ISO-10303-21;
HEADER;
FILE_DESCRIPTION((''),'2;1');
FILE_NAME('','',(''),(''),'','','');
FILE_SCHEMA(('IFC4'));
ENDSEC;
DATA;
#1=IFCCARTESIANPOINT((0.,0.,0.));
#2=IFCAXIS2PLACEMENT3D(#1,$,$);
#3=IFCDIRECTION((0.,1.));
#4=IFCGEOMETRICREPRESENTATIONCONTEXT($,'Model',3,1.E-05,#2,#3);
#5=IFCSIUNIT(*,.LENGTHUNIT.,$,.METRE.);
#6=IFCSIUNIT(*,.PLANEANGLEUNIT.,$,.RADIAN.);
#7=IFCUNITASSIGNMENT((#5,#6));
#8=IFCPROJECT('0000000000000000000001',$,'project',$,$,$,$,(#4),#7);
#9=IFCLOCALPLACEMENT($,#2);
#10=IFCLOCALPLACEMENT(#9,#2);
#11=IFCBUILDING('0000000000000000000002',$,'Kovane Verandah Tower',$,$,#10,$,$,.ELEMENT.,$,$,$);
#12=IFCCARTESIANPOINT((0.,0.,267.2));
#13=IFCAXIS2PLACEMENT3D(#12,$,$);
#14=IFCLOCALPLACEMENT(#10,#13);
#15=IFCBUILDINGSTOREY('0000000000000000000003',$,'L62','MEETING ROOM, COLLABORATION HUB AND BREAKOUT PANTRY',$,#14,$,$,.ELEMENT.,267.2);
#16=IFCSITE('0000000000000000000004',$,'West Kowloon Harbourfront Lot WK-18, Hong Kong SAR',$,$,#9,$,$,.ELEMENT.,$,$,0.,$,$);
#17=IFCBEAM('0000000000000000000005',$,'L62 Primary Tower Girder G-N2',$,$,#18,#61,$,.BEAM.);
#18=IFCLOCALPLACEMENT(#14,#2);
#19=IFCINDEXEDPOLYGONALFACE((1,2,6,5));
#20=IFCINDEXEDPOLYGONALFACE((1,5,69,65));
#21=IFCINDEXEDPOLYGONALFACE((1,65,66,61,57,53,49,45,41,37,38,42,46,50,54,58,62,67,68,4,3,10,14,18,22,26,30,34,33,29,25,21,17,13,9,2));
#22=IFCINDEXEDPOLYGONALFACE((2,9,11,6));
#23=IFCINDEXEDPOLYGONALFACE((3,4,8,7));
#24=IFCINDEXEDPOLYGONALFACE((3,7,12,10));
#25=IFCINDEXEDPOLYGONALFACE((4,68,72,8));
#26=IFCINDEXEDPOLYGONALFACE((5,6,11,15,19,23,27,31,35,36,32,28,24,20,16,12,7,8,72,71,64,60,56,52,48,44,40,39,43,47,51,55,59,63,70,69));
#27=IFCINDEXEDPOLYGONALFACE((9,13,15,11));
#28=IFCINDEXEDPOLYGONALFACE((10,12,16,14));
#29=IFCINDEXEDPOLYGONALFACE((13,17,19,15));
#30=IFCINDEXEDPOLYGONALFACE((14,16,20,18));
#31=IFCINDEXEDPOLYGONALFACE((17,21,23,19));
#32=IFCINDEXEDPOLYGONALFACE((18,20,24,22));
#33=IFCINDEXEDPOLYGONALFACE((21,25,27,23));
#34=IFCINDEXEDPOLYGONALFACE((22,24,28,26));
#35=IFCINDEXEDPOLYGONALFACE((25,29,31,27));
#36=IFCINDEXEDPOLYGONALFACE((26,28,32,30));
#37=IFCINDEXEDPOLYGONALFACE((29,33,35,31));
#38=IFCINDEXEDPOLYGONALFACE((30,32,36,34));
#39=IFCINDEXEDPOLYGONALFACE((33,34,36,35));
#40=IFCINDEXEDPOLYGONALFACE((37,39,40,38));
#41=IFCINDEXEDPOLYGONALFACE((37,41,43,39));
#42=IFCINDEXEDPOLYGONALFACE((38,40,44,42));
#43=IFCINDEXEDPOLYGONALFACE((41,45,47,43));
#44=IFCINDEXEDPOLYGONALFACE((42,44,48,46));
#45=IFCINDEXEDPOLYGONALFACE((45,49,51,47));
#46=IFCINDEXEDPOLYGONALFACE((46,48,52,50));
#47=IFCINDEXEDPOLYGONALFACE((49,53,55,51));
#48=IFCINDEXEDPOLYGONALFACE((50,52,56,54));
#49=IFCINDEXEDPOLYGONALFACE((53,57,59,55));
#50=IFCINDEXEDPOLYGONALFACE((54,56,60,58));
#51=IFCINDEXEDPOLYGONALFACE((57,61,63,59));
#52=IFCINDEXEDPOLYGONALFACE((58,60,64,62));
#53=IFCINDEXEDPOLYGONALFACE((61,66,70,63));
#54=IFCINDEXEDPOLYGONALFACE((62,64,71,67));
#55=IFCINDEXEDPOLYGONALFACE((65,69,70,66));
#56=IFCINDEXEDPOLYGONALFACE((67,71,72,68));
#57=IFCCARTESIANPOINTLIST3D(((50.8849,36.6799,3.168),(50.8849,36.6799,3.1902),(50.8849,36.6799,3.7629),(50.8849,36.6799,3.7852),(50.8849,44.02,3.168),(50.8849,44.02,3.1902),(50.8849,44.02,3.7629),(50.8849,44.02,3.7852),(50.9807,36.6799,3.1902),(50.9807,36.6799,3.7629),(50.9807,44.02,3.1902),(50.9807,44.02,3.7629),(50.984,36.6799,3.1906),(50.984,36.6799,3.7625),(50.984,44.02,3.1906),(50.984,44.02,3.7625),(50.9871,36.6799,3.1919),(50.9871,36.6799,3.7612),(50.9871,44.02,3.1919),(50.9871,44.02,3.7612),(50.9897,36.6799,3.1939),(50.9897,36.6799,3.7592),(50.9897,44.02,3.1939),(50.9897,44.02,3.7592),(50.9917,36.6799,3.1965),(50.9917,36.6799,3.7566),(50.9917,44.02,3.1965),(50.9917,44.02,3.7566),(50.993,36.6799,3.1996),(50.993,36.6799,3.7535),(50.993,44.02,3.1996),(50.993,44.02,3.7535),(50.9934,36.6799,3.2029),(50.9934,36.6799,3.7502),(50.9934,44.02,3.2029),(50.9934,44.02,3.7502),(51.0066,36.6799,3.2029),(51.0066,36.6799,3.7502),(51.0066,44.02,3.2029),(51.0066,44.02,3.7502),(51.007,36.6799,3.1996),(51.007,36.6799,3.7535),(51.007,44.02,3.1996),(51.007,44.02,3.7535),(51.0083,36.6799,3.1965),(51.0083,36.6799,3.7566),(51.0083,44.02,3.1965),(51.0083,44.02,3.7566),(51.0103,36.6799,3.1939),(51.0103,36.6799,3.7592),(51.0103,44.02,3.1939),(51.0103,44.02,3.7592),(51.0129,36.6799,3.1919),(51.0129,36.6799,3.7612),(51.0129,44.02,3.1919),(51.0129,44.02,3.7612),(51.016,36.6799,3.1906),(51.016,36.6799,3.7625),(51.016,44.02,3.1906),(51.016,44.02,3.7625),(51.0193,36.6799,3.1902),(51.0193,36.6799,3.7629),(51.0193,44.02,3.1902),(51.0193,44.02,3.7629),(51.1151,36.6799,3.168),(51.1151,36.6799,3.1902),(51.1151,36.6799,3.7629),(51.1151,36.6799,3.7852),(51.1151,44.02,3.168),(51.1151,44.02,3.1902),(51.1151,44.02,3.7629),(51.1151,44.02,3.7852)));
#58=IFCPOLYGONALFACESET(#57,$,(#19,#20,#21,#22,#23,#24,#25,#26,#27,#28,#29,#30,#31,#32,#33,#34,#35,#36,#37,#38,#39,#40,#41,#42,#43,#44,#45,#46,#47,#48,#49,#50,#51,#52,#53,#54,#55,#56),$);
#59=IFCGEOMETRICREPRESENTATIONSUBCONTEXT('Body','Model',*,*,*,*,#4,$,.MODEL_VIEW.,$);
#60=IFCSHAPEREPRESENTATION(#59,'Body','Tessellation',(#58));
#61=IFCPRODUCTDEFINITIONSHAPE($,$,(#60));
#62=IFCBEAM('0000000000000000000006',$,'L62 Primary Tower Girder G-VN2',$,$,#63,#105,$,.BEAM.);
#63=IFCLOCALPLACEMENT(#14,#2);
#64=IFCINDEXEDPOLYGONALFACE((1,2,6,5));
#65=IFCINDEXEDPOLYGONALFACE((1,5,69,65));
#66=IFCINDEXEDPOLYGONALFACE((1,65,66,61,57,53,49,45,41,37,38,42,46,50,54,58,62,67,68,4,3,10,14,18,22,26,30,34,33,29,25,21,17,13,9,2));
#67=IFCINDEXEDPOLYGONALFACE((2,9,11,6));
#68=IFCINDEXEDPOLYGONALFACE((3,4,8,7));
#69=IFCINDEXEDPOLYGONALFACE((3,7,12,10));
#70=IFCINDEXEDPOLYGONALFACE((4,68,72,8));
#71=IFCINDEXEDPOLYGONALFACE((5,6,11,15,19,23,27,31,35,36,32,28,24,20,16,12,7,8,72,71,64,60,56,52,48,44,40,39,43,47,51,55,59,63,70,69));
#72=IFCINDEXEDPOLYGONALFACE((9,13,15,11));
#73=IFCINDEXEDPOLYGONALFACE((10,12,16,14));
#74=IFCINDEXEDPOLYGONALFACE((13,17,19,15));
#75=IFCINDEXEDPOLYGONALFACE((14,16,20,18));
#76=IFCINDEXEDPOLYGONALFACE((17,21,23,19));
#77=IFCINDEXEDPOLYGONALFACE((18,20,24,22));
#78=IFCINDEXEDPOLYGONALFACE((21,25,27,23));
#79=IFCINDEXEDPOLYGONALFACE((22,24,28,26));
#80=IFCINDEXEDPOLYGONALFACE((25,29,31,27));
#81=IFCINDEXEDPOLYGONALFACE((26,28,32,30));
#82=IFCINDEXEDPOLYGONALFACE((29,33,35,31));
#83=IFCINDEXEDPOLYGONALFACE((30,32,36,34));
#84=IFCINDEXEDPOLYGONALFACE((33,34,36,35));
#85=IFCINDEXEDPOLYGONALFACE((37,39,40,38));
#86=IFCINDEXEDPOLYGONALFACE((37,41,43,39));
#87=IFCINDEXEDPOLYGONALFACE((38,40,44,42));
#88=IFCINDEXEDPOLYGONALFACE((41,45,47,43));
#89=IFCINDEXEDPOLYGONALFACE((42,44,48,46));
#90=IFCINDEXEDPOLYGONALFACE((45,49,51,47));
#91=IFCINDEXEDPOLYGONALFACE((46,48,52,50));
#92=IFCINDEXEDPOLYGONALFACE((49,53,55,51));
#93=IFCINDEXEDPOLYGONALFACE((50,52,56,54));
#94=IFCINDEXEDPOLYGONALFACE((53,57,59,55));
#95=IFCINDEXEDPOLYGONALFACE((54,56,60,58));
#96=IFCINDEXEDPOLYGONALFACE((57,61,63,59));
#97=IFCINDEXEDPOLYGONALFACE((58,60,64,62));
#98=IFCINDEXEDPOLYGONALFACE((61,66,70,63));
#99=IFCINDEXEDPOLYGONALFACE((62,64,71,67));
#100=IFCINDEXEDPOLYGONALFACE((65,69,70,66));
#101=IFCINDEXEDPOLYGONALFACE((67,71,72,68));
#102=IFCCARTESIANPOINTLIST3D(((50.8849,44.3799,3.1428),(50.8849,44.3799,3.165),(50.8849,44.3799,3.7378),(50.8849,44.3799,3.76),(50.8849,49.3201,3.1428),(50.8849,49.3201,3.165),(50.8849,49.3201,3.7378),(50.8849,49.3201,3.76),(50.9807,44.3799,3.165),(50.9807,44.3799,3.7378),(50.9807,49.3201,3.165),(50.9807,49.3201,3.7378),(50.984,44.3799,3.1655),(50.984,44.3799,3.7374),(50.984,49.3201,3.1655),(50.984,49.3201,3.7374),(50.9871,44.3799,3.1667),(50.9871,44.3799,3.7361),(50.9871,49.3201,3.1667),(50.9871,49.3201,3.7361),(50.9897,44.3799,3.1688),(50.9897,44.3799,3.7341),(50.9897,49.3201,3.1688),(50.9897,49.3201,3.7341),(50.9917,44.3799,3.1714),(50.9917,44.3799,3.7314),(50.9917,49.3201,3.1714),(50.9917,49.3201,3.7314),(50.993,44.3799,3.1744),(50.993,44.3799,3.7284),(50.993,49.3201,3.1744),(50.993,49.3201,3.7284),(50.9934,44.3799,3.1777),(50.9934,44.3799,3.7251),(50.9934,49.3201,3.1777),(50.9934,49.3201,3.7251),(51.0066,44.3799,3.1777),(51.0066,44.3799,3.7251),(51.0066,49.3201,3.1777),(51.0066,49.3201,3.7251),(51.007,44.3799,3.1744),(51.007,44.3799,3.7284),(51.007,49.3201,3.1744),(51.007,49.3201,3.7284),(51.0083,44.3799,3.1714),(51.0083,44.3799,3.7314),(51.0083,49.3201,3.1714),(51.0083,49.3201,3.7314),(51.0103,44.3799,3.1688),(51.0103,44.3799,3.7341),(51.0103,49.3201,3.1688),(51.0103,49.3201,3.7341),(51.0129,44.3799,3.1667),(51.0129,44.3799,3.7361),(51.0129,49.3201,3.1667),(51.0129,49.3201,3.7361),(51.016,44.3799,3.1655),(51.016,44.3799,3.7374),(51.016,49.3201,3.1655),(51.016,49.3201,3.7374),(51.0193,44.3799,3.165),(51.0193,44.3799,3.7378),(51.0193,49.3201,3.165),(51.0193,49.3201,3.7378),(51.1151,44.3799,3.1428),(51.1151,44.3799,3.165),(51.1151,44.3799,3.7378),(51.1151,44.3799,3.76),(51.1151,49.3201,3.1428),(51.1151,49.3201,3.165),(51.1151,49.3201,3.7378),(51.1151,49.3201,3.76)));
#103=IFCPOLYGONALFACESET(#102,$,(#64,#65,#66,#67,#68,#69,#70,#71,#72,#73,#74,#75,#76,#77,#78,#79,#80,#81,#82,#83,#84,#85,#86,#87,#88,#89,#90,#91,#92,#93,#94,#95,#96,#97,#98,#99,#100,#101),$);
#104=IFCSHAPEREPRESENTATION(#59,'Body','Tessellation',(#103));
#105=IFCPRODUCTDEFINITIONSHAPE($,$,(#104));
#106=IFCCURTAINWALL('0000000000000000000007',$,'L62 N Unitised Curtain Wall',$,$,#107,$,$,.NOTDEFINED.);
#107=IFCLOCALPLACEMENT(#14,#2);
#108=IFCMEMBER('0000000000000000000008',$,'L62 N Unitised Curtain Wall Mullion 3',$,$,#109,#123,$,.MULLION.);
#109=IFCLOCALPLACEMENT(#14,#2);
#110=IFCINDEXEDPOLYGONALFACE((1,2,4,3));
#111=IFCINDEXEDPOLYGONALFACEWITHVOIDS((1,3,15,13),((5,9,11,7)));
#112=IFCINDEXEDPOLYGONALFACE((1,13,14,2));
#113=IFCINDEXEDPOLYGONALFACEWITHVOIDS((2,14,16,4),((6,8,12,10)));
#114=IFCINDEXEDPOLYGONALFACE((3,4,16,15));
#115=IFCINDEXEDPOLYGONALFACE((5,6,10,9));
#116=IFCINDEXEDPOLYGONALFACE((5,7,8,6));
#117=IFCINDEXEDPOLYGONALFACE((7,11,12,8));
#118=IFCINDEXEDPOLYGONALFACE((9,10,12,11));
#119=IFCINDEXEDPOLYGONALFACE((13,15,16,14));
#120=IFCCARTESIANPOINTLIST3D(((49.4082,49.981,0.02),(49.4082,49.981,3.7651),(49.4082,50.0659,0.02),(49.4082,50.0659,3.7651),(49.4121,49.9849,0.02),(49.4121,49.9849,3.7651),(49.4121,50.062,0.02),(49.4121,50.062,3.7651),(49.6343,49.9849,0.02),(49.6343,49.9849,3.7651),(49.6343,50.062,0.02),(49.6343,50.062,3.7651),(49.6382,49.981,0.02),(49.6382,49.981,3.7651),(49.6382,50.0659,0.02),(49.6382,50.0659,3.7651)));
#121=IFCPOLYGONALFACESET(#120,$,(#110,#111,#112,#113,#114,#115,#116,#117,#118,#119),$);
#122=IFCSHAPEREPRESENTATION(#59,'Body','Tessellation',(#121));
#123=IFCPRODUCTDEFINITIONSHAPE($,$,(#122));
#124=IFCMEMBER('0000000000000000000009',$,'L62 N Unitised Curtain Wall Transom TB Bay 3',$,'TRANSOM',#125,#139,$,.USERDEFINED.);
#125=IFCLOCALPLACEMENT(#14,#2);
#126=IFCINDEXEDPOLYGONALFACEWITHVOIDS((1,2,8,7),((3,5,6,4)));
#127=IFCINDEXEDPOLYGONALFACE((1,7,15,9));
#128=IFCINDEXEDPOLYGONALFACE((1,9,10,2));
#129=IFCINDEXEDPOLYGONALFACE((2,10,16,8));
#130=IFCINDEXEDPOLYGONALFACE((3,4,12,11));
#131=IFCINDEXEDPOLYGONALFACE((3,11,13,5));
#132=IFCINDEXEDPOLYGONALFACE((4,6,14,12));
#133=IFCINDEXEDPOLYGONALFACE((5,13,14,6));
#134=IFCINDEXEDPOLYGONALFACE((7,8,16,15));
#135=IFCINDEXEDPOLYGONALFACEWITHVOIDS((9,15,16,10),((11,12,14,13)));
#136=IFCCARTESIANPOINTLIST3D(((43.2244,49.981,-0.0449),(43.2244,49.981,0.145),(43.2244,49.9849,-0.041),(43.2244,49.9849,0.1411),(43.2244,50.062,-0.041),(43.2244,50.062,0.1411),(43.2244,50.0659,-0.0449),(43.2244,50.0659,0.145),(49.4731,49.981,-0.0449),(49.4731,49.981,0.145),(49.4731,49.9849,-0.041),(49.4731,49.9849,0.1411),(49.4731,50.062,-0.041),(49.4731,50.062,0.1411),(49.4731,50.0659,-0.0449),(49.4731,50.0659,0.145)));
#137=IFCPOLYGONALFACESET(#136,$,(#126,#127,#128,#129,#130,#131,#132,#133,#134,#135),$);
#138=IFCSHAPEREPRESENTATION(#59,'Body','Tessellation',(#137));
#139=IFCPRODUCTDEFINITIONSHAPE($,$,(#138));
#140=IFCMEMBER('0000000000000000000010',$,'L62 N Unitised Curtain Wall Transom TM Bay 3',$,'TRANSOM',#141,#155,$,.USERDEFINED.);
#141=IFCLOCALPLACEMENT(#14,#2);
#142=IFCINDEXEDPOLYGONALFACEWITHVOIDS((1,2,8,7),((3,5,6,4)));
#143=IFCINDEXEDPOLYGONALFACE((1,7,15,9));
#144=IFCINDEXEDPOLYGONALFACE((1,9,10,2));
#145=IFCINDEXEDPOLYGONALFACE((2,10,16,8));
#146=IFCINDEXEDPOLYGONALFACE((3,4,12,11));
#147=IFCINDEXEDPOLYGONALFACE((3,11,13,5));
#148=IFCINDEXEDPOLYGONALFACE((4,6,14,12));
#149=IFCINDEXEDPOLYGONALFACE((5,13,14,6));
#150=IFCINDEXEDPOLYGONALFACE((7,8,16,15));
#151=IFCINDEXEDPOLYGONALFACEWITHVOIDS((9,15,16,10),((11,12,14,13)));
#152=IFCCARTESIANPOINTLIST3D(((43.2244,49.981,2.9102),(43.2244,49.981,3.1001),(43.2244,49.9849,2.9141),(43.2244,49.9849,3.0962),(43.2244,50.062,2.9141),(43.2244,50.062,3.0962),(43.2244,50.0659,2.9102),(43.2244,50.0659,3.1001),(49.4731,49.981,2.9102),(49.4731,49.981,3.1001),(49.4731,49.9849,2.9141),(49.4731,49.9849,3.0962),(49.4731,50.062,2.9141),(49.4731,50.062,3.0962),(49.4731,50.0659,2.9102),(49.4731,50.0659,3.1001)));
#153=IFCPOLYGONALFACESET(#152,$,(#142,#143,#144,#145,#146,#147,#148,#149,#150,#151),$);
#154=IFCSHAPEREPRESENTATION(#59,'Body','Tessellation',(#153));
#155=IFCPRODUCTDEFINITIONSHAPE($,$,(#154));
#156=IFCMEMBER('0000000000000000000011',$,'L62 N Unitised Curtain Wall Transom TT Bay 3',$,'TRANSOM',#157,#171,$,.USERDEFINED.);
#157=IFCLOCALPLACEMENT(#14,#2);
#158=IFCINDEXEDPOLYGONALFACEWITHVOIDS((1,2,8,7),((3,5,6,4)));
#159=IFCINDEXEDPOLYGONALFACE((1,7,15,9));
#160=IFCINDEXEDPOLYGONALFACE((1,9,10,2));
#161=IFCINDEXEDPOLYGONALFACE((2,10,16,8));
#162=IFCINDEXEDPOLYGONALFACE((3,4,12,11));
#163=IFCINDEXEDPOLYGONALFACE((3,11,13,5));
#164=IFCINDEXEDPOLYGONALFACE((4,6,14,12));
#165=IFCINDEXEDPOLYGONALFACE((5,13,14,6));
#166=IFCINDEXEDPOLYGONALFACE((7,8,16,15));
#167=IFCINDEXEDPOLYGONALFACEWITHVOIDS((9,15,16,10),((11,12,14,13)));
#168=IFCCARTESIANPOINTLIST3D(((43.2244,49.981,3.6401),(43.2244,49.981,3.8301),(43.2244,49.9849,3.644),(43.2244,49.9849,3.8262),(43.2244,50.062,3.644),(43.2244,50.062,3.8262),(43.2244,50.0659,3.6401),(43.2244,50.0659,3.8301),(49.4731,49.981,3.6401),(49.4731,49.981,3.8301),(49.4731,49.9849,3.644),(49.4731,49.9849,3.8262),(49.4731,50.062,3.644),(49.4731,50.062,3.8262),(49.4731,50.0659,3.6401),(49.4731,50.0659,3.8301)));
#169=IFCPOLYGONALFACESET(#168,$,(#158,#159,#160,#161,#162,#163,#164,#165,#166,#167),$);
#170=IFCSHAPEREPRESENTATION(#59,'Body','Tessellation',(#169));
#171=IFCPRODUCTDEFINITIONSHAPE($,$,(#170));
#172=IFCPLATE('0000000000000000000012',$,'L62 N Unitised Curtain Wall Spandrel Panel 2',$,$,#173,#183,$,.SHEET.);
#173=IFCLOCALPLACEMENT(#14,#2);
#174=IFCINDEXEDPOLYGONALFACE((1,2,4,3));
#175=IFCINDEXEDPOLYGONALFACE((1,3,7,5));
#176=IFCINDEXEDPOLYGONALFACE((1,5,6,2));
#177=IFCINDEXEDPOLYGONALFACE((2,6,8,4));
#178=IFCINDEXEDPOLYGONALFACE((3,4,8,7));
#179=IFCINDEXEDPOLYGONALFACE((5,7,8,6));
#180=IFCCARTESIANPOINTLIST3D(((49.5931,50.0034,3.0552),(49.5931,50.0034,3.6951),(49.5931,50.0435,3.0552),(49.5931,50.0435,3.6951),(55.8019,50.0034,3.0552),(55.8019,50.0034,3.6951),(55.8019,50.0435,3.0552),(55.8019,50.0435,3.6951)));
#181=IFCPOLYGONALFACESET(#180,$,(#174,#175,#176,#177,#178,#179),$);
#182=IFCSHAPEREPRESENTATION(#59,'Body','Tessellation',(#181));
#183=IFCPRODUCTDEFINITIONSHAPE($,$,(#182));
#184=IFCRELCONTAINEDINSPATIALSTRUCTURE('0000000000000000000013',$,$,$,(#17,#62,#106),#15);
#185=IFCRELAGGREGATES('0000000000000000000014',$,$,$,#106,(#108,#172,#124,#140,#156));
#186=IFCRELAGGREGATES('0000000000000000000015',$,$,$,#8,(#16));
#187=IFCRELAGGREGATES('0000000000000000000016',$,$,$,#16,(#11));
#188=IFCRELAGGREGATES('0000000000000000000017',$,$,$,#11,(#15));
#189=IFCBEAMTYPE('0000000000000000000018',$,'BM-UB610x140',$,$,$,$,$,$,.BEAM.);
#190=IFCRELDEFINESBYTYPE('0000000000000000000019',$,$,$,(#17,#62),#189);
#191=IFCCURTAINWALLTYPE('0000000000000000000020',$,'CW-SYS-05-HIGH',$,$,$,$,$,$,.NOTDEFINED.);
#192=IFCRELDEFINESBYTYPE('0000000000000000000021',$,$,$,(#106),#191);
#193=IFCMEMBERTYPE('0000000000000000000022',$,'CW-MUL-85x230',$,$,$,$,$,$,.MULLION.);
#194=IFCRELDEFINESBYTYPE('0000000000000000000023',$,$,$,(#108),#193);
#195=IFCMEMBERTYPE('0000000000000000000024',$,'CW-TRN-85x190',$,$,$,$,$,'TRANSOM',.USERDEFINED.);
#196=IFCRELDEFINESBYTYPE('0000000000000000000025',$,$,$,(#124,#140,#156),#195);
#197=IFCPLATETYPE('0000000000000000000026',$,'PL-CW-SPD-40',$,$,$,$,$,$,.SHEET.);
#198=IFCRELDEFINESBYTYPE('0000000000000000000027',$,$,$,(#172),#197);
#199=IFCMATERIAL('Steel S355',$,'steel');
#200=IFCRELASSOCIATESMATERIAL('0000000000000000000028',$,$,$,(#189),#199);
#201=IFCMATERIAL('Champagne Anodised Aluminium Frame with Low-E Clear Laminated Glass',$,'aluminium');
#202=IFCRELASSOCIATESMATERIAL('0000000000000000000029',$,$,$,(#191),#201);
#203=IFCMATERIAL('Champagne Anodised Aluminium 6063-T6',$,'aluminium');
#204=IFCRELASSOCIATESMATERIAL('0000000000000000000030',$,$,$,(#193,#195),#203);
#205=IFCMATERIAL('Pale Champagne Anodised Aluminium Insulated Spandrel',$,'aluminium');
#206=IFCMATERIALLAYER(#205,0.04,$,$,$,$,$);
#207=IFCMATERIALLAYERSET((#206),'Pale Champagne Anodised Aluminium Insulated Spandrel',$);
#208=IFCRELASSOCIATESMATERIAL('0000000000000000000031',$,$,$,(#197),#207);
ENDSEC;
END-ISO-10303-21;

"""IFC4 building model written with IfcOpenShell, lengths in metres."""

from ifc_helpers import new_model, si_unit, direction, frame, origin, origin_2d, place, context, subcontext, project, spatial, rectangle, hollow_rectangle, i_section, extrude, material, layer, layer_set, material_profile, profile_set, type_object, element, aggregate, save


model = new_model("IFC4")

# Units and contexts
model_context = context("Model", 3, precision=1e-05, world=origin(), true_north=direction((0.0, 1.0)))
body_context = subcontext(model_context, "Body", "Model", "MODEL_VIEW")
ifc_project = project(units=[si_unit("LENGTHUNIT", "METRE"), si_unit("PLANEANGLEUNIT", "RADIAN")], contexts=[model_context])

# Site, building, storey
site_placement = place(None, origin())
site = spatial("IfcSite", under=ifc_project, at=site_placement, Name="West Kowloon Harbourfront Lot WK-18, Hong Kong SAR", CompositionType="ELEMENT", RefElevation=0.0)
building_placement = place(site_placement, origin())
building = spatial("IfcBuilding", under=site, at=building_placement, Name="Kovane Verandah Tower", CompositionType="ELEMENT")
storey_placement = place(building_placement, frame((0.0, 0.0, 267.2)))
storey = spatial("IfcBuildingStorey", under=building, at=storey_placement, Name="L62", Description="MEETING ROOM, COLLABORATION HUB AND BREAKOUT PANTRY", CompositionType="ELEMENT", Elevation=267.2)

# Beams
ifc_material_1 = material(Name="Steel S355", Category="steel")
ifc_material_profile_1 = material_profile(ifc_material_1, i_section(OverallWidth=0.2302, OverallDepth=0.6172, WebThickness=0.0132, FlangeThickness=0.0222, FilletRadius=0.0127, at=origin_2d()), Name="UB610x229x140")
ifc_profile_set_1 = profile_set([ifc_material_profile_1], Name="Steel S355")
beam_type = type_object("IfcBeamType", Name="BM-UB610x140", PredefinedType="BEAM", material=ifc_profile_set_1)
beam_1_placement = place(storey_placement, frame((51.0, 36.6799, 3.4766), z_axis=(0.0, 1.0, 0.0), x_axis=(-1.0, 0.0, 0.0)))
element("IfcBeam", 1, at=beam_1_placement, inside=storey, type_object=beam_type, Name="L62 Primary Tower Girder G-N2", PredefinedType="BEAM", context=body_context, shape_type="SweptSolid", body=[
    extrude(i_section(OverallWidth=0.2302, OverallDepth=0.6172, WebThickness=0.0132, FlangeThickness=0.0222, FilletRadius=0.0127, at=origin_2d()), origin(), (0.0, 0.0, 1.0), 7.3401),
])
beam_2_placement = place(storey_placement, frame((51.0, 44.3799, 3.4514), z_axis=(0.0, 1.0, 0.0), x_axis=(-1.0, 0.0, 0.0)))
element("IfcBeam", 2, at=beam_2_placement, inside=storey, type_object=beam_type, Name="L62 Primary Tower Girder G-VN2", PredefinedType="BEAM", context=body_context, shape_type="SweptSolid", body=[
    extrude(i_section(OverallWidth=0.2302, OverallDepth=0.6172, WebThickness=0.0132, FlangeThickness=0.0222, FilletRadius=0.0127, at=origin_2d()), origin(), (0.0, 0.0, 1.0), 4.9402),
])

# Curtain wall, members, plate
ifc_material_2 = material(Name="Champagne Anodised Aluminium Frame with Low-E Clear Laminated Glass", Category="aluminium")
curtain_wall_type = type_object("IfcCurtainWallType", Name="CW-SYS-05-HIGH", PredefinedType="NOTDEFINED", material=ifc_material_2)
curtain_wall_placement = place(storey_placement, origin())
curtain_wall = element("IfcCurtainWall", 3, at=curtain_wall_placement, inside=storey, type_object=curtain_wall_type, Name="L62 N Unitised Curtain Wall", PredefinedType="NOTDEFINED")
ifc_material_3 = material(Name="Champagne Anodised Aluminium 6063-T6", Category="aluminium")
ifc_material_profile_2 = material_profile(ifc_material_3, hollow_rectangle(XDim=0.085, YDim=0.23, WallThickness=0.0039, at=origin_2d()), Name="AL85x230x4")
ifc_profile_set_2 = profile_set([ifc_material_profile_2], Name="Champagne Anodised Aluminium 6063-T6")
member_type_1 = type_object("IfcMemberType", Name="CW-MUL-85x230", PredefinedType="MULLION", material=ifc_profile_set_2)
member_1_placement = place(storey_placement, frame((49.5232, 50.0234, 0.02), z_axis=(0.0, 0.0, 1.0), x_axis=(0.0, 1.0, 0.0)))
member_1 = element("IfcMember", 4, at=member_1_placement, type_object=member_type_1, Name="L62 N Unitised Curtain Wall Mullion 3", PredefinedType="MULLION", context=body_context, shape_type="SweptSolid", body=[
    extrude(hollow_rectangle(XDim=0.085, YDim=0.23, WallThickness=0.0039, at=origin_2d()), origin(), (0.0, 0.0, 1.0), 3.7451),
])
ifc_material_profile_3 = material_profile(ifc_material_3, hollow_rectangle(XDim=0.085, YDim=0.1899, WallThickness=0.0039, at=origin_2d()), Name="AL85x190x4")
ifc_profile_set_3 = profile_set([ifc_material_profile_3], Name="Champagne Anodised Aluminium 6063-T6")
member_type_2 = type_object("IfcMemberType", Name="CW-TRN-85x190", ElementType="TRANSOM", PredefinedType="USERDEFINED", material=ifc_profile_set_3)
member_2_placement = place(storey_placement, frame((49.4731, 50.0234, 0.05), z_axis=(-1.0, 0.0, 0.0), x_axis=(0.0, -1.0, 0.0)))
member_2 = element("IfcMember", 5, at=member_2_placement, type_object=member_type_2, Name="L62 N Unitised Curtain Wall Transom TB Bay 3", ObjectType="TRANSOM", PredefinedType="USERDEFINED", context=body_context, shape_type="SweptSolid", body=[
    extrude(hollow_rectangle(XDim=0.085, YDim=0.1899, WallThickness=0.0039, at=origin_2d()), origin(), (0.0, 0.0, 1.0), 6.2488),
])
member_3_placement = place(storey_placement, frame((49.4731, 50.0234, 3.0051), z_axis=(-1.0, 0.0, 0.0), x_axis=(0.0, -1.0, 0.0)))
member_3 = element("IfcMember", 6, at=member_3_placement, type_object=member_type_2, Name="L62 N Unitised Curtain Wall Transom TM Bay 3", ObjectType="TRANSOM", PredefinedType="USERDEFINED", context=body_context, shape_type="SweptSolid", body=[
    extrude(hollow_rectangle(XDim=0.085, YDim=0.1899, WallThickness=0.0039, at=origin_2d()), origin(), (0.0, 0.0, 1.0), 6.2488),
])
member_4_placement = place(storey_placement, frame((49.4731, 50.0234, 3.7351), z_axis=(-1.0, 0.0, 0.0), x_axis=(0.0, -1.0, 0.0)))
member_4 = element("IfcMember", 7, at=member_4_placement, type_object=member_type_2, Name="L62 N Unitised Curtain Wall Transom TT Bay 3", ObjectType="TRANSOM", PredefinedType="USERDEFINED", context=body_context, shape_type="SweptSolid", body=[
    extrude(hollow_rectangle(XDim=0.085, YDim=0.1899, WallThickness=0.0039, at=origin_2d()), origin(), (0.0, 0.0, 1.0), 6.2488),
])
ifc_material_4 = material(Name="Pale Champagne Anodised Aluminium Insulated Spandrel", Category="aluminium")
ifc_layer_1 = layer(ifc_material_4, 0.04)
ifc_layer_set_1 = layer_set([ifc_layer_1], Name="Pale Champagne Anodised Aluminium Insulated Spandrel")
plate_type_1 = type_object("IfcPlateType", Name="PL-CW-SPD-40", PredefinedType="SHEET", material=ifc_layer_set_1)
plate_1_placement = place(storey_placement, frame((52.6975, 50.0234, 3.0552), z_axis=(0.0, 0.0, 1.0), x_axis=(-1.0, 0.0, 0.0)))
plate_1 = element("IfcPlate", 8, at=plate_1_placement, type_object=plate_type_1, Name="L62 N Unitised Curtain Wall Spandrel Panel 2", PredefinedType="SHEET", context=body_context, shape_type="SweptSolid", body=[
    extrude(rectangle(XDim=6.2087, YDim=0.04, at=origin_2d()), origin(), (0.0, 0.0, 1.0), 0.6399),
])
aggregate(curtain_wall, [member_1, plate_1, member_2, member_3, member_4])

save(model, "model.ifc")
